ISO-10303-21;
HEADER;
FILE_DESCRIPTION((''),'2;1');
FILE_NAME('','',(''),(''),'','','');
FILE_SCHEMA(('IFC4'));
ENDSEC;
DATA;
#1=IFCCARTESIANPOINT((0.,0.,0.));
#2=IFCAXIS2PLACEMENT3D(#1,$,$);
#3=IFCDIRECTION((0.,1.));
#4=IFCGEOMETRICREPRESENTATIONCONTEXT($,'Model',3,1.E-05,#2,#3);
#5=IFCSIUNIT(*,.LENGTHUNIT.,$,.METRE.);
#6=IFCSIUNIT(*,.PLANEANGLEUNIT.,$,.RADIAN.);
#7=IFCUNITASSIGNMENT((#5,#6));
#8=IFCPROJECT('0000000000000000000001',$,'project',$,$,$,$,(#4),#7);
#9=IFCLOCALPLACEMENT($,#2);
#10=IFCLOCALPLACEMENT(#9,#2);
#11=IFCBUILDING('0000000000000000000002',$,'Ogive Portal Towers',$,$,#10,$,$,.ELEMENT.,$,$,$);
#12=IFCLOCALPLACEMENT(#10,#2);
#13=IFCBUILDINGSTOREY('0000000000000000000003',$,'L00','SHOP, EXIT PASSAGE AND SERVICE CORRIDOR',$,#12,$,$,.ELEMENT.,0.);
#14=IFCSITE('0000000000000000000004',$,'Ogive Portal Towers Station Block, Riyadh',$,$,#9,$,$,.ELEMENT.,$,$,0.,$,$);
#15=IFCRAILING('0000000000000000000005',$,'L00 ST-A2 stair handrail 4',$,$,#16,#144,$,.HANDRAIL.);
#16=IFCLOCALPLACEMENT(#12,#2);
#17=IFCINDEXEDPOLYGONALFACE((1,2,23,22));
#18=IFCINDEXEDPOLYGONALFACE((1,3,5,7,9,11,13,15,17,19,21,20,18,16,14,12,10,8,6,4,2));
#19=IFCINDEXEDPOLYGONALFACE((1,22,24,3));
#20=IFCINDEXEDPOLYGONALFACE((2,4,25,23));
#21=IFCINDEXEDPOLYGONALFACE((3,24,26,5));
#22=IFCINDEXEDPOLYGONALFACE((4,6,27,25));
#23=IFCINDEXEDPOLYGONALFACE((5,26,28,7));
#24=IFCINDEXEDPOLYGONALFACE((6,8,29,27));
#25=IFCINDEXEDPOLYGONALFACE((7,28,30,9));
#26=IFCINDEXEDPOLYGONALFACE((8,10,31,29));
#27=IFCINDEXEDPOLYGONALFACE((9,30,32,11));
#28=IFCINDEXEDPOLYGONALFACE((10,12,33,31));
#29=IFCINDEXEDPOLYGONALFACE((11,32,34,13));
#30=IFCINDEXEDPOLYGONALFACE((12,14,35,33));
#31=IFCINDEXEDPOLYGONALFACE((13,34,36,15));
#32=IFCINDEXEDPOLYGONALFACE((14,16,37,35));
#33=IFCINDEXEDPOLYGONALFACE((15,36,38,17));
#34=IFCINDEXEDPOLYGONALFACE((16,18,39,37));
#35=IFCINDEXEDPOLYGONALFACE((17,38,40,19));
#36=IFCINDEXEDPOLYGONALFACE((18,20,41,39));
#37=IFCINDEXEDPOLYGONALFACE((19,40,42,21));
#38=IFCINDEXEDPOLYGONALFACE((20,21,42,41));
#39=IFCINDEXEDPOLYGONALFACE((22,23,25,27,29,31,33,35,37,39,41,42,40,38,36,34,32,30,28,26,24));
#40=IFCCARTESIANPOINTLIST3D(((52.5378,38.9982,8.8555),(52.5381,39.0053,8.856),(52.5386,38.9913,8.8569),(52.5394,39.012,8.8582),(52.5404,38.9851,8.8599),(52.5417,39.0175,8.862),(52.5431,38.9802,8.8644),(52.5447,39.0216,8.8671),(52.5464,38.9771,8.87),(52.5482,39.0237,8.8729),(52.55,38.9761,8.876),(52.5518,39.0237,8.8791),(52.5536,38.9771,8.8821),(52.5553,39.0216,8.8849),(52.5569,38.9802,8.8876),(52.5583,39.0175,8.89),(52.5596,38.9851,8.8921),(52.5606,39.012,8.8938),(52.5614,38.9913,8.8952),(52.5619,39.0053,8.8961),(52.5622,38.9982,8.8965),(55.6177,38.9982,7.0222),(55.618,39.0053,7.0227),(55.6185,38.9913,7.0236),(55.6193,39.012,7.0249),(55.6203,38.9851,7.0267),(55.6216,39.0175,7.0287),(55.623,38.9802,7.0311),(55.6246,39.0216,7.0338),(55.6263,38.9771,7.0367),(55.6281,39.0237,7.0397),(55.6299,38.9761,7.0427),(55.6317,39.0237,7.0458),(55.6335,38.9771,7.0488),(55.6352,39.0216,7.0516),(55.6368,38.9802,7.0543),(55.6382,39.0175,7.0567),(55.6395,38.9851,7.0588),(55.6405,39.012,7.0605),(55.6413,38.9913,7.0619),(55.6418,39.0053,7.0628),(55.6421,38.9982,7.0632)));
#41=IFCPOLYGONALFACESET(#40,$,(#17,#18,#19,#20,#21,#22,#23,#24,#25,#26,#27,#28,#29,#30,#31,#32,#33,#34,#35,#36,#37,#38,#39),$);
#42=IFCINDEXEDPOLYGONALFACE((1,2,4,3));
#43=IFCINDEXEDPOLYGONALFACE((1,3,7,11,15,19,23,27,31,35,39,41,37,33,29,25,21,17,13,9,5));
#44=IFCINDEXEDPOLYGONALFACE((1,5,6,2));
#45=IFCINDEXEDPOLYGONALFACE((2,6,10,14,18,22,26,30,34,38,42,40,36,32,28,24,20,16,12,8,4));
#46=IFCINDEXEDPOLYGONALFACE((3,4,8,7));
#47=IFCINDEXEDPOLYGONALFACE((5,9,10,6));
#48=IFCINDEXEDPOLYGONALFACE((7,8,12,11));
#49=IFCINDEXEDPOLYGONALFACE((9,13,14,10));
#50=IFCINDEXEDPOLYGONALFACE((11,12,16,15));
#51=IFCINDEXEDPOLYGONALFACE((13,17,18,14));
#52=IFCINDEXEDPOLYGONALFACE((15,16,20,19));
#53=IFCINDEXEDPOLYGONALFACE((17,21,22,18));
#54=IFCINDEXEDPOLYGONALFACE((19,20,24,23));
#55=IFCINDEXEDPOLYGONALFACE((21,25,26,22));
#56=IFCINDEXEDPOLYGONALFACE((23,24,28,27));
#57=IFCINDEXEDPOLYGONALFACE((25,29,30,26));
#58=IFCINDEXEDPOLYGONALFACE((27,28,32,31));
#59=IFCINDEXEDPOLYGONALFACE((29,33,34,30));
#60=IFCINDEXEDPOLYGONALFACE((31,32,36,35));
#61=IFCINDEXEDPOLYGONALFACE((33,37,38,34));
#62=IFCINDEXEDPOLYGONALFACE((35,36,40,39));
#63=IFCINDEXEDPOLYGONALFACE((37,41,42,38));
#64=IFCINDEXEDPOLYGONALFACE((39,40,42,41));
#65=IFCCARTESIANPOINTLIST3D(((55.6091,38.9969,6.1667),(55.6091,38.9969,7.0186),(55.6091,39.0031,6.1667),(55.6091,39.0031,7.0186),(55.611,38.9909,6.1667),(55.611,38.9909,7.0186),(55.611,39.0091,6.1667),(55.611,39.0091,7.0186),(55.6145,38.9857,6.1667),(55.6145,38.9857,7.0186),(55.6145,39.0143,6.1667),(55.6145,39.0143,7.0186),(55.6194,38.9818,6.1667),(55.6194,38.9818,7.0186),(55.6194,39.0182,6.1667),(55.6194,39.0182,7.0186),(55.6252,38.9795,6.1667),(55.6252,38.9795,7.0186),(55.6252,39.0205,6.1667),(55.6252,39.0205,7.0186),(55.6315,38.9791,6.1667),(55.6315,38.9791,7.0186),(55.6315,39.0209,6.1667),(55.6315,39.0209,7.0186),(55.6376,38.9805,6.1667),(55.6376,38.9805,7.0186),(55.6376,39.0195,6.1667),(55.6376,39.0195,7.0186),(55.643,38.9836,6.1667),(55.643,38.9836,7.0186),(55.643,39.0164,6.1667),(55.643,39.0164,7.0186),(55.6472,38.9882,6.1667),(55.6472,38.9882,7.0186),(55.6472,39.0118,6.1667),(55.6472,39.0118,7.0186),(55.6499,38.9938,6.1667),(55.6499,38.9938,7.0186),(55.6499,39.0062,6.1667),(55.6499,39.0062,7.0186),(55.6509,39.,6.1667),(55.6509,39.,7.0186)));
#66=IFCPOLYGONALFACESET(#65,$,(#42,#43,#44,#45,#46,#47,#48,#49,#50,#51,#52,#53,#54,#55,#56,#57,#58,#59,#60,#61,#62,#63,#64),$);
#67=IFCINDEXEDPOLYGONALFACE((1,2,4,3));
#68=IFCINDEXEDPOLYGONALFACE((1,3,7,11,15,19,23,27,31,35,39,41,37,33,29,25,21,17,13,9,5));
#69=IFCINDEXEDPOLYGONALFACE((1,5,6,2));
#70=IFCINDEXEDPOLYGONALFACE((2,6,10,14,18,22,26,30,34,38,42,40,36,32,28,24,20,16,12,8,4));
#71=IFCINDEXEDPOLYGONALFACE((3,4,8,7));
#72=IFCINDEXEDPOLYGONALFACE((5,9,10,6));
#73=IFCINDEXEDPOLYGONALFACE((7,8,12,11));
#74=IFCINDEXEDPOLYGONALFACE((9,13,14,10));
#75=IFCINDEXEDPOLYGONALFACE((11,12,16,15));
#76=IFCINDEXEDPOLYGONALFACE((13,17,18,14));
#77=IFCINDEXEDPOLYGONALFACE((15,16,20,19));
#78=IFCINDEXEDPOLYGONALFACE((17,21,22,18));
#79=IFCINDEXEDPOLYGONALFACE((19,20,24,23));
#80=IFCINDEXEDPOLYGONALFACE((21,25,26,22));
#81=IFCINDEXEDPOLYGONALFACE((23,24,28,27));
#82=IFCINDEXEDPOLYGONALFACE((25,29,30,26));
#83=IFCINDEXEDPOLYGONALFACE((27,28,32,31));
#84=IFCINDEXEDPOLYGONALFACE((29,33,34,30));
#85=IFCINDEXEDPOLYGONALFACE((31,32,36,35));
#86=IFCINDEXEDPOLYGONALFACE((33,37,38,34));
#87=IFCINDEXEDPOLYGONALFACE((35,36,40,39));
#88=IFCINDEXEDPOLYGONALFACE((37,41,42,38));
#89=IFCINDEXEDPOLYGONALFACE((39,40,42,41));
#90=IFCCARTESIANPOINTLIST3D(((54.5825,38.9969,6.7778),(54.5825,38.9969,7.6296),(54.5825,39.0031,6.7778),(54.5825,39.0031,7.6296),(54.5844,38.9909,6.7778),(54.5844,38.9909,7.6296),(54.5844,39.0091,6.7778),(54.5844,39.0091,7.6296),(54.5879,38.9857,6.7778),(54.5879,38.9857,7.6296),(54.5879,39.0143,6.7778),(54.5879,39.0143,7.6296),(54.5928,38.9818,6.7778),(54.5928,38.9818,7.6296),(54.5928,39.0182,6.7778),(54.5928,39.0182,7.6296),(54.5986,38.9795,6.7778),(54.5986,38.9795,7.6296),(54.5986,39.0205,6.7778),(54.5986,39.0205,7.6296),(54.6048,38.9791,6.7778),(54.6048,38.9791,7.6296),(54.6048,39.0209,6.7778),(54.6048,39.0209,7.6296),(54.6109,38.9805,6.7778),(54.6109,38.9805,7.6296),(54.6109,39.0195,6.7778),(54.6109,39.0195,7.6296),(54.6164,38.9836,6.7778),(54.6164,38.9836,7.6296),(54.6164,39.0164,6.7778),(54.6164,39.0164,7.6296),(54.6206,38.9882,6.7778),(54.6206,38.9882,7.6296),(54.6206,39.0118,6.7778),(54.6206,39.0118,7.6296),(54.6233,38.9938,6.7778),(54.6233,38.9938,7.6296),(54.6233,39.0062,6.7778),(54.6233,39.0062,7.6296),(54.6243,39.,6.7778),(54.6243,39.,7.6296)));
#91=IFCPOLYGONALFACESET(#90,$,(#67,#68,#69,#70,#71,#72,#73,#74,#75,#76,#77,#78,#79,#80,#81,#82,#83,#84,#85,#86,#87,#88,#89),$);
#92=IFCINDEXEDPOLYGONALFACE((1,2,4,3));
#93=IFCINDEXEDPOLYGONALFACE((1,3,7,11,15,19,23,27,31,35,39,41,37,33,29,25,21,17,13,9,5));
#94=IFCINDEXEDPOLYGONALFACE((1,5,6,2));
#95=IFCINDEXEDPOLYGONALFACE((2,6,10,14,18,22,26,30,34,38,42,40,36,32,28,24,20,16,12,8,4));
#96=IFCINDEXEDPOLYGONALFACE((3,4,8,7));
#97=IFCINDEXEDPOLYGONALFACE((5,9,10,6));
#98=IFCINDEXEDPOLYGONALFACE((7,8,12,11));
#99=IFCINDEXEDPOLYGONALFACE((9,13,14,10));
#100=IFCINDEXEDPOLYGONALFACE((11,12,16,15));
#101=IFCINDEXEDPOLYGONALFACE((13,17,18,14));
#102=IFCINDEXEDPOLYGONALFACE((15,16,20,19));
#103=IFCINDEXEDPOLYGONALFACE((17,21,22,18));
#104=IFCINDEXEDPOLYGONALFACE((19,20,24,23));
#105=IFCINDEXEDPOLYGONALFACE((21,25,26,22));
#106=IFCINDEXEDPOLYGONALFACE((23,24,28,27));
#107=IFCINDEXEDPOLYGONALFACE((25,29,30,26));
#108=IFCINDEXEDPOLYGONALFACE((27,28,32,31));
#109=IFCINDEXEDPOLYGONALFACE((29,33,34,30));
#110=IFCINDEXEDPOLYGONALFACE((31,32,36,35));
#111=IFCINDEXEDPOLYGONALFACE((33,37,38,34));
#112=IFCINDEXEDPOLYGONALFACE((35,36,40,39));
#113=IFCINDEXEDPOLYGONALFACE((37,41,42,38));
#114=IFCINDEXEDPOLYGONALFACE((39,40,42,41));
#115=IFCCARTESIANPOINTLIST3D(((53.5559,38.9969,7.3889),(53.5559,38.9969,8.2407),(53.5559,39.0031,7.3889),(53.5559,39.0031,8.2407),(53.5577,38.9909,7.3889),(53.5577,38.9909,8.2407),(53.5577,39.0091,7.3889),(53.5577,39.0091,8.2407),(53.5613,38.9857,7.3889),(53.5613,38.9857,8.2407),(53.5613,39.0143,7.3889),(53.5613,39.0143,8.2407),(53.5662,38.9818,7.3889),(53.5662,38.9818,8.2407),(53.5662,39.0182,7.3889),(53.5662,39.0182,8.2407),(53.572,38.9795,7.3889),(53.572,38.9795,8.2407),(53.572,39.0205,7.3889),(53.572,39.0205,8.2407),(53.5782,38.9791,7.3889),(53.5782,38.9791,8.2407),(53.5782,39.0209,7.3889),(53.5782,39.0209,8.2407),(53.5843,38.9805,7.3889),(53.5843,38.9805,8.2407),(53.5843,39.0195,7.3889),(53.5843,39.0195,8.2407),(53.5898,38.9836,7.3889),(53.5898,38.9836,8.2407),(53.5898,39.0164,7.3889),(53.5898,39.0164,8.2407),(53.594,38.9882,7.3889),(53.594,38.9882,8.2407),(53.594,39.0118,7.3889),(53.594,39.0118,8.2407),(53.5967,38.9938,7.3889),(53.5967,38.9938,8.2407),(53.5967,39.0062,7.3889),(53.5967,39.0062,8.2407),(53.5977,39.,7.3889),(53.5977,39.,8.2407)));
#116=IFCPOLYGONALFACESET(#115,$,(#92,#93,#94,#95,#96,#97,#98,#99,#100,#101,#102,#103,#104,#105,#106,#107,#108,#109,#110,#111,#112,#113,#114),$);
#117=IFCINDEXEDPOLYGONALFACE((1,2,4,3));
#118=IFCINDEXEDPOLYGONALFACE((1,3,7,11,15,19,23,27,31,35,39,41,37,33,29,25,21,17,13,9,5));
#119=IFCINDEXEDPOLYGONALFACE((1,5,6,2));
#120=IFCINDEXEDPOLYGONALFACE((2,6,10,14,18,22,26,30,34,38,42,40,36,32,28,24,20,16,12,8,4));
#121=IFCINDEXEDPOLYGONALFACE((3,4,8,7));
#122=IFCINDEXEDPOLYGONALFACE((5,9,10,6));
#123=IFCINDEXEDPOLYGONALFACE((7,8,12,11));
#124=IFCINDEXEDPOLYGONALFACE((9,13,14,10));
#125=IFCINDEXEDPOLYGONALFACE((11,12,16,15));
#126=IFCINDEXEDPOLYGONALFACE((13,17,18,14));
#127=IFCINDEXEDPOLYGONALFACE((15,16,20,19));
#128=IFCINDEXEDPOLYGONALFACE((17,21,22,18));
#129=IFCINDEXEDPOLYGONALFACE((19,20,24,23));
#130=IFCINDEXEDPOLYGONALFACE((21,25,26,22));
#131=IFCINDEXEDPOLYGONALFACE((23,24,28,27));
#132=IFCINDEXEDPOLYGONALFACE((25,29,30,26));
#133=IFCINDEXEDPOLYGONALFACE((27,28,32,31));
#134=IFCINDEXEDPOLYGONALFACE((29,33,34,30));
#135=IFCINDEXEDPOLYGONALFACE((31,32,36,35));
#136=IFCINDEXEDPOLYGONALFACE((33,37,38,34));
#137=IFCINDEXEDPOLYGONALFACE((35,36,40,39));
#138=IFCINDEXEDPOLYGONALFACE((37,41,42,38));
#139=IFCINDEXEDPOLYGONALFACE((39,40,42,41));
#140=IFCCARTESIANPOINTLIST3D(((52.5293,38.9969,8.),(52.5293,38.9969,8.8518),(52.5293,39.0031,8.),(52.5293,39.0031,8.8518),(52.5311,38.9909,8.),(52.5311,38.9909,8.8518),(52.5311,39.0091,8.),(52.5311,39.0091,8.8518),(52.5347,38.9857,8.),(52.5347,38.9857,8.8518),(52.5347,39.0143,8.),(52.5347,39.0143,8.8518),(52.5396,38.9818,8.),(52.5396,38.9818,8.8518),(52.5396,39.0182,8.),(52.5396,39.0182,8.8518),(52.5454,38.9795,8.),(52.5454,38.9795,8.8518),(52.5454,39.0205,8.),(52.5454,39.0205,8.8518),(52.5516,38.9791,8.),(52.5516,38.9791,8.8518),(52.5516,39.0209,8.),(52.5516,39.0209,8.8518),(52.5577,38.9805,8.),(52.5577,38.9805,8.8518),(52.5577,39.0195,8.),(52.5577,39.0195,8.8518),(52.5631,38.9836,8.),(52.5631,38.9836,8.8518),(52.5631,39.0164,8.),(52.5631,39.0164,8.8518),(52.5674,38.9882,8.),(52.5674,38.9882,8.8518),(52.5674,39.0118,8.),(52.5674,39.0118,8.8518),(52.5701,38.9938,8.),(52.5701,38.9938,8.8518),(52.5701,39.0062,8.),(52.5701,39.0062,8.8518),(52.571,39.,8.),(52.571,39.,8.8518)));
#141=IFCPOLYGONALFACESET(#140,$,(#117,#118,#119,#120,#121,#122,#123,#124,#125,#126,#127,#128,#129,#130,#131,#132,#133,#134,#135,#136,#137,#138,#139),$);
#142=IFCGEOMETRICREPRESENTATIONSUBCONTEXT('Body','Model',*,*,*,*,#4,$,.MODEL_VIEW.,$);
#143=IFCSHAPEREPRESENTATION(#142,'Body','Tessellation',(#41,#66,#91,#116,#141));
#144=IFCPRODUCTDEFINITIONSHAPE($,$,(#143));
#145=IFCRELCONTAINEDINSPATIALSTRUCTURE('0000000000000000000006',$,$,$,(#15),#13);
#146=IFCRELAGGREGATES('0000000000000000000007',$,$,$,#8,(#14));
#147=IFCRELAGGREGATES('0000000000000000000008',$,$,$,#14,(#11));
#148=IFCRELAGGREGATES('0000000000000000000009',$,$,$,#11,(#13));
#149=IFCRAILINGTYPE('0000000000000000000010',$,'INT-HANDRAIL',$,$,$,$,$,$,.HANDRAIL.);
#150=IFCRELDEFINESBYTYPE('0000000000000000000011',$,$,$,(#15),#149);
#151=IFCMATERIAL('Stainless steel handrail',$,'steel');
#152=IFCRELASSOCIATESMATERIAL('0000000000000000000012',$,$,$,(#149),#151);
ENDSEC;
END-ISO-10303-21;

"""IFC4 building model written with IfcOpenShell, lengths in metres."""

from ifc_helpers import new_model, si_unit, direction, frame, origin, origin_2d, place, context, subcontext, project, spatial, circle, extrude, material, type_object, element, save


model = new_model("IFC4")

# Units and contexts
model_context = context("Model", 3, precision=1e-05, world=origin(), true_north=direction((0.0, 1.0)))
body_context = subcontext(model_context, "Body", "Model", "MODEL_VIEW")
ifc_project = project(units=[si_unit("LENGTHUNIT", "METRE"), si_unit("PLANEANGLEUNIT", "RADIAN")], contexts=[model_context])

# Site, building, storey
site_placement = place(None, origin())
site = spatial("IfcSite", under=ifc_project, at=site_placement, Name="Ogive Portal Towers Station Block, Riyadh", CompositionType="ELEMENT", RefElevation=0.0)
building_placement = place(site_placement, origin())
building = spatial("IfcBuilding", under=site, at=building_placement, Name="Ogive Portal Towers", CompositionType="ELEMENT")
storey_placement = place(building_placement, origin())
storey = spatial("IfcBuildingStorey", under=building, at=storey_placement, Name="L00", Description="SHOP, EXIT PASSAGE AND SERVICE CORRIDOR", CompositionType="ELEMENT", Elevation=0.0)

# Railing
ifc_material_1 = material(Name="Stainless steel handrail", Category="steel")
railing_type = type_object("IfcRailingType", Name="INT-HANDRAIL", PredefinedType="HANDRAIL", material=ifc_material_1)
railing_placement = place(storey_placement, frame((55.6299, 39.0, 6.1667)))
element("IfcRailing", 1, at=railing_placement, inside=storey, type_object=railing_type, Name="L00 ST-A2 stair handrail 4", PredefinedType="HANDRAIL", context=body_context, shape_type="SweptSolid", body=[
    extrude(circle(Radius=0.0239, at=origin_2d()), frame((0.0, 0.0, 0.876), z_axis=(-0.859291, 0.0, 0.511487), x_axis=(0.0, -1.0, 0.0)), (0.0, 0.0, 1.0), 3.5842),
    extrude(circle(Radius=0.021, at=origin_2d()), origin(), (0.0, 0.0, 1.0), 0.8518),
    extrude(circle(Radius=0.021, at=origin_2d()), frame((-1.0266, 0.0, 0.6111)), (0.0, 0.0, 1.0), 0.8518),
    extrude(circle(Radius=0.021, at=origin_2d()), frame((-2.0532, 0.0, 1.2222)), (0.0, 0.0, 1.0), 0.8518),
    extrude(circle(Radius=0.021, at=origin_2d()), frame((-3.0798, 0.0, 1.8333)), (0.0, 0.0, 1.0), 0.8518),
])

save(model, "model.ifc")
